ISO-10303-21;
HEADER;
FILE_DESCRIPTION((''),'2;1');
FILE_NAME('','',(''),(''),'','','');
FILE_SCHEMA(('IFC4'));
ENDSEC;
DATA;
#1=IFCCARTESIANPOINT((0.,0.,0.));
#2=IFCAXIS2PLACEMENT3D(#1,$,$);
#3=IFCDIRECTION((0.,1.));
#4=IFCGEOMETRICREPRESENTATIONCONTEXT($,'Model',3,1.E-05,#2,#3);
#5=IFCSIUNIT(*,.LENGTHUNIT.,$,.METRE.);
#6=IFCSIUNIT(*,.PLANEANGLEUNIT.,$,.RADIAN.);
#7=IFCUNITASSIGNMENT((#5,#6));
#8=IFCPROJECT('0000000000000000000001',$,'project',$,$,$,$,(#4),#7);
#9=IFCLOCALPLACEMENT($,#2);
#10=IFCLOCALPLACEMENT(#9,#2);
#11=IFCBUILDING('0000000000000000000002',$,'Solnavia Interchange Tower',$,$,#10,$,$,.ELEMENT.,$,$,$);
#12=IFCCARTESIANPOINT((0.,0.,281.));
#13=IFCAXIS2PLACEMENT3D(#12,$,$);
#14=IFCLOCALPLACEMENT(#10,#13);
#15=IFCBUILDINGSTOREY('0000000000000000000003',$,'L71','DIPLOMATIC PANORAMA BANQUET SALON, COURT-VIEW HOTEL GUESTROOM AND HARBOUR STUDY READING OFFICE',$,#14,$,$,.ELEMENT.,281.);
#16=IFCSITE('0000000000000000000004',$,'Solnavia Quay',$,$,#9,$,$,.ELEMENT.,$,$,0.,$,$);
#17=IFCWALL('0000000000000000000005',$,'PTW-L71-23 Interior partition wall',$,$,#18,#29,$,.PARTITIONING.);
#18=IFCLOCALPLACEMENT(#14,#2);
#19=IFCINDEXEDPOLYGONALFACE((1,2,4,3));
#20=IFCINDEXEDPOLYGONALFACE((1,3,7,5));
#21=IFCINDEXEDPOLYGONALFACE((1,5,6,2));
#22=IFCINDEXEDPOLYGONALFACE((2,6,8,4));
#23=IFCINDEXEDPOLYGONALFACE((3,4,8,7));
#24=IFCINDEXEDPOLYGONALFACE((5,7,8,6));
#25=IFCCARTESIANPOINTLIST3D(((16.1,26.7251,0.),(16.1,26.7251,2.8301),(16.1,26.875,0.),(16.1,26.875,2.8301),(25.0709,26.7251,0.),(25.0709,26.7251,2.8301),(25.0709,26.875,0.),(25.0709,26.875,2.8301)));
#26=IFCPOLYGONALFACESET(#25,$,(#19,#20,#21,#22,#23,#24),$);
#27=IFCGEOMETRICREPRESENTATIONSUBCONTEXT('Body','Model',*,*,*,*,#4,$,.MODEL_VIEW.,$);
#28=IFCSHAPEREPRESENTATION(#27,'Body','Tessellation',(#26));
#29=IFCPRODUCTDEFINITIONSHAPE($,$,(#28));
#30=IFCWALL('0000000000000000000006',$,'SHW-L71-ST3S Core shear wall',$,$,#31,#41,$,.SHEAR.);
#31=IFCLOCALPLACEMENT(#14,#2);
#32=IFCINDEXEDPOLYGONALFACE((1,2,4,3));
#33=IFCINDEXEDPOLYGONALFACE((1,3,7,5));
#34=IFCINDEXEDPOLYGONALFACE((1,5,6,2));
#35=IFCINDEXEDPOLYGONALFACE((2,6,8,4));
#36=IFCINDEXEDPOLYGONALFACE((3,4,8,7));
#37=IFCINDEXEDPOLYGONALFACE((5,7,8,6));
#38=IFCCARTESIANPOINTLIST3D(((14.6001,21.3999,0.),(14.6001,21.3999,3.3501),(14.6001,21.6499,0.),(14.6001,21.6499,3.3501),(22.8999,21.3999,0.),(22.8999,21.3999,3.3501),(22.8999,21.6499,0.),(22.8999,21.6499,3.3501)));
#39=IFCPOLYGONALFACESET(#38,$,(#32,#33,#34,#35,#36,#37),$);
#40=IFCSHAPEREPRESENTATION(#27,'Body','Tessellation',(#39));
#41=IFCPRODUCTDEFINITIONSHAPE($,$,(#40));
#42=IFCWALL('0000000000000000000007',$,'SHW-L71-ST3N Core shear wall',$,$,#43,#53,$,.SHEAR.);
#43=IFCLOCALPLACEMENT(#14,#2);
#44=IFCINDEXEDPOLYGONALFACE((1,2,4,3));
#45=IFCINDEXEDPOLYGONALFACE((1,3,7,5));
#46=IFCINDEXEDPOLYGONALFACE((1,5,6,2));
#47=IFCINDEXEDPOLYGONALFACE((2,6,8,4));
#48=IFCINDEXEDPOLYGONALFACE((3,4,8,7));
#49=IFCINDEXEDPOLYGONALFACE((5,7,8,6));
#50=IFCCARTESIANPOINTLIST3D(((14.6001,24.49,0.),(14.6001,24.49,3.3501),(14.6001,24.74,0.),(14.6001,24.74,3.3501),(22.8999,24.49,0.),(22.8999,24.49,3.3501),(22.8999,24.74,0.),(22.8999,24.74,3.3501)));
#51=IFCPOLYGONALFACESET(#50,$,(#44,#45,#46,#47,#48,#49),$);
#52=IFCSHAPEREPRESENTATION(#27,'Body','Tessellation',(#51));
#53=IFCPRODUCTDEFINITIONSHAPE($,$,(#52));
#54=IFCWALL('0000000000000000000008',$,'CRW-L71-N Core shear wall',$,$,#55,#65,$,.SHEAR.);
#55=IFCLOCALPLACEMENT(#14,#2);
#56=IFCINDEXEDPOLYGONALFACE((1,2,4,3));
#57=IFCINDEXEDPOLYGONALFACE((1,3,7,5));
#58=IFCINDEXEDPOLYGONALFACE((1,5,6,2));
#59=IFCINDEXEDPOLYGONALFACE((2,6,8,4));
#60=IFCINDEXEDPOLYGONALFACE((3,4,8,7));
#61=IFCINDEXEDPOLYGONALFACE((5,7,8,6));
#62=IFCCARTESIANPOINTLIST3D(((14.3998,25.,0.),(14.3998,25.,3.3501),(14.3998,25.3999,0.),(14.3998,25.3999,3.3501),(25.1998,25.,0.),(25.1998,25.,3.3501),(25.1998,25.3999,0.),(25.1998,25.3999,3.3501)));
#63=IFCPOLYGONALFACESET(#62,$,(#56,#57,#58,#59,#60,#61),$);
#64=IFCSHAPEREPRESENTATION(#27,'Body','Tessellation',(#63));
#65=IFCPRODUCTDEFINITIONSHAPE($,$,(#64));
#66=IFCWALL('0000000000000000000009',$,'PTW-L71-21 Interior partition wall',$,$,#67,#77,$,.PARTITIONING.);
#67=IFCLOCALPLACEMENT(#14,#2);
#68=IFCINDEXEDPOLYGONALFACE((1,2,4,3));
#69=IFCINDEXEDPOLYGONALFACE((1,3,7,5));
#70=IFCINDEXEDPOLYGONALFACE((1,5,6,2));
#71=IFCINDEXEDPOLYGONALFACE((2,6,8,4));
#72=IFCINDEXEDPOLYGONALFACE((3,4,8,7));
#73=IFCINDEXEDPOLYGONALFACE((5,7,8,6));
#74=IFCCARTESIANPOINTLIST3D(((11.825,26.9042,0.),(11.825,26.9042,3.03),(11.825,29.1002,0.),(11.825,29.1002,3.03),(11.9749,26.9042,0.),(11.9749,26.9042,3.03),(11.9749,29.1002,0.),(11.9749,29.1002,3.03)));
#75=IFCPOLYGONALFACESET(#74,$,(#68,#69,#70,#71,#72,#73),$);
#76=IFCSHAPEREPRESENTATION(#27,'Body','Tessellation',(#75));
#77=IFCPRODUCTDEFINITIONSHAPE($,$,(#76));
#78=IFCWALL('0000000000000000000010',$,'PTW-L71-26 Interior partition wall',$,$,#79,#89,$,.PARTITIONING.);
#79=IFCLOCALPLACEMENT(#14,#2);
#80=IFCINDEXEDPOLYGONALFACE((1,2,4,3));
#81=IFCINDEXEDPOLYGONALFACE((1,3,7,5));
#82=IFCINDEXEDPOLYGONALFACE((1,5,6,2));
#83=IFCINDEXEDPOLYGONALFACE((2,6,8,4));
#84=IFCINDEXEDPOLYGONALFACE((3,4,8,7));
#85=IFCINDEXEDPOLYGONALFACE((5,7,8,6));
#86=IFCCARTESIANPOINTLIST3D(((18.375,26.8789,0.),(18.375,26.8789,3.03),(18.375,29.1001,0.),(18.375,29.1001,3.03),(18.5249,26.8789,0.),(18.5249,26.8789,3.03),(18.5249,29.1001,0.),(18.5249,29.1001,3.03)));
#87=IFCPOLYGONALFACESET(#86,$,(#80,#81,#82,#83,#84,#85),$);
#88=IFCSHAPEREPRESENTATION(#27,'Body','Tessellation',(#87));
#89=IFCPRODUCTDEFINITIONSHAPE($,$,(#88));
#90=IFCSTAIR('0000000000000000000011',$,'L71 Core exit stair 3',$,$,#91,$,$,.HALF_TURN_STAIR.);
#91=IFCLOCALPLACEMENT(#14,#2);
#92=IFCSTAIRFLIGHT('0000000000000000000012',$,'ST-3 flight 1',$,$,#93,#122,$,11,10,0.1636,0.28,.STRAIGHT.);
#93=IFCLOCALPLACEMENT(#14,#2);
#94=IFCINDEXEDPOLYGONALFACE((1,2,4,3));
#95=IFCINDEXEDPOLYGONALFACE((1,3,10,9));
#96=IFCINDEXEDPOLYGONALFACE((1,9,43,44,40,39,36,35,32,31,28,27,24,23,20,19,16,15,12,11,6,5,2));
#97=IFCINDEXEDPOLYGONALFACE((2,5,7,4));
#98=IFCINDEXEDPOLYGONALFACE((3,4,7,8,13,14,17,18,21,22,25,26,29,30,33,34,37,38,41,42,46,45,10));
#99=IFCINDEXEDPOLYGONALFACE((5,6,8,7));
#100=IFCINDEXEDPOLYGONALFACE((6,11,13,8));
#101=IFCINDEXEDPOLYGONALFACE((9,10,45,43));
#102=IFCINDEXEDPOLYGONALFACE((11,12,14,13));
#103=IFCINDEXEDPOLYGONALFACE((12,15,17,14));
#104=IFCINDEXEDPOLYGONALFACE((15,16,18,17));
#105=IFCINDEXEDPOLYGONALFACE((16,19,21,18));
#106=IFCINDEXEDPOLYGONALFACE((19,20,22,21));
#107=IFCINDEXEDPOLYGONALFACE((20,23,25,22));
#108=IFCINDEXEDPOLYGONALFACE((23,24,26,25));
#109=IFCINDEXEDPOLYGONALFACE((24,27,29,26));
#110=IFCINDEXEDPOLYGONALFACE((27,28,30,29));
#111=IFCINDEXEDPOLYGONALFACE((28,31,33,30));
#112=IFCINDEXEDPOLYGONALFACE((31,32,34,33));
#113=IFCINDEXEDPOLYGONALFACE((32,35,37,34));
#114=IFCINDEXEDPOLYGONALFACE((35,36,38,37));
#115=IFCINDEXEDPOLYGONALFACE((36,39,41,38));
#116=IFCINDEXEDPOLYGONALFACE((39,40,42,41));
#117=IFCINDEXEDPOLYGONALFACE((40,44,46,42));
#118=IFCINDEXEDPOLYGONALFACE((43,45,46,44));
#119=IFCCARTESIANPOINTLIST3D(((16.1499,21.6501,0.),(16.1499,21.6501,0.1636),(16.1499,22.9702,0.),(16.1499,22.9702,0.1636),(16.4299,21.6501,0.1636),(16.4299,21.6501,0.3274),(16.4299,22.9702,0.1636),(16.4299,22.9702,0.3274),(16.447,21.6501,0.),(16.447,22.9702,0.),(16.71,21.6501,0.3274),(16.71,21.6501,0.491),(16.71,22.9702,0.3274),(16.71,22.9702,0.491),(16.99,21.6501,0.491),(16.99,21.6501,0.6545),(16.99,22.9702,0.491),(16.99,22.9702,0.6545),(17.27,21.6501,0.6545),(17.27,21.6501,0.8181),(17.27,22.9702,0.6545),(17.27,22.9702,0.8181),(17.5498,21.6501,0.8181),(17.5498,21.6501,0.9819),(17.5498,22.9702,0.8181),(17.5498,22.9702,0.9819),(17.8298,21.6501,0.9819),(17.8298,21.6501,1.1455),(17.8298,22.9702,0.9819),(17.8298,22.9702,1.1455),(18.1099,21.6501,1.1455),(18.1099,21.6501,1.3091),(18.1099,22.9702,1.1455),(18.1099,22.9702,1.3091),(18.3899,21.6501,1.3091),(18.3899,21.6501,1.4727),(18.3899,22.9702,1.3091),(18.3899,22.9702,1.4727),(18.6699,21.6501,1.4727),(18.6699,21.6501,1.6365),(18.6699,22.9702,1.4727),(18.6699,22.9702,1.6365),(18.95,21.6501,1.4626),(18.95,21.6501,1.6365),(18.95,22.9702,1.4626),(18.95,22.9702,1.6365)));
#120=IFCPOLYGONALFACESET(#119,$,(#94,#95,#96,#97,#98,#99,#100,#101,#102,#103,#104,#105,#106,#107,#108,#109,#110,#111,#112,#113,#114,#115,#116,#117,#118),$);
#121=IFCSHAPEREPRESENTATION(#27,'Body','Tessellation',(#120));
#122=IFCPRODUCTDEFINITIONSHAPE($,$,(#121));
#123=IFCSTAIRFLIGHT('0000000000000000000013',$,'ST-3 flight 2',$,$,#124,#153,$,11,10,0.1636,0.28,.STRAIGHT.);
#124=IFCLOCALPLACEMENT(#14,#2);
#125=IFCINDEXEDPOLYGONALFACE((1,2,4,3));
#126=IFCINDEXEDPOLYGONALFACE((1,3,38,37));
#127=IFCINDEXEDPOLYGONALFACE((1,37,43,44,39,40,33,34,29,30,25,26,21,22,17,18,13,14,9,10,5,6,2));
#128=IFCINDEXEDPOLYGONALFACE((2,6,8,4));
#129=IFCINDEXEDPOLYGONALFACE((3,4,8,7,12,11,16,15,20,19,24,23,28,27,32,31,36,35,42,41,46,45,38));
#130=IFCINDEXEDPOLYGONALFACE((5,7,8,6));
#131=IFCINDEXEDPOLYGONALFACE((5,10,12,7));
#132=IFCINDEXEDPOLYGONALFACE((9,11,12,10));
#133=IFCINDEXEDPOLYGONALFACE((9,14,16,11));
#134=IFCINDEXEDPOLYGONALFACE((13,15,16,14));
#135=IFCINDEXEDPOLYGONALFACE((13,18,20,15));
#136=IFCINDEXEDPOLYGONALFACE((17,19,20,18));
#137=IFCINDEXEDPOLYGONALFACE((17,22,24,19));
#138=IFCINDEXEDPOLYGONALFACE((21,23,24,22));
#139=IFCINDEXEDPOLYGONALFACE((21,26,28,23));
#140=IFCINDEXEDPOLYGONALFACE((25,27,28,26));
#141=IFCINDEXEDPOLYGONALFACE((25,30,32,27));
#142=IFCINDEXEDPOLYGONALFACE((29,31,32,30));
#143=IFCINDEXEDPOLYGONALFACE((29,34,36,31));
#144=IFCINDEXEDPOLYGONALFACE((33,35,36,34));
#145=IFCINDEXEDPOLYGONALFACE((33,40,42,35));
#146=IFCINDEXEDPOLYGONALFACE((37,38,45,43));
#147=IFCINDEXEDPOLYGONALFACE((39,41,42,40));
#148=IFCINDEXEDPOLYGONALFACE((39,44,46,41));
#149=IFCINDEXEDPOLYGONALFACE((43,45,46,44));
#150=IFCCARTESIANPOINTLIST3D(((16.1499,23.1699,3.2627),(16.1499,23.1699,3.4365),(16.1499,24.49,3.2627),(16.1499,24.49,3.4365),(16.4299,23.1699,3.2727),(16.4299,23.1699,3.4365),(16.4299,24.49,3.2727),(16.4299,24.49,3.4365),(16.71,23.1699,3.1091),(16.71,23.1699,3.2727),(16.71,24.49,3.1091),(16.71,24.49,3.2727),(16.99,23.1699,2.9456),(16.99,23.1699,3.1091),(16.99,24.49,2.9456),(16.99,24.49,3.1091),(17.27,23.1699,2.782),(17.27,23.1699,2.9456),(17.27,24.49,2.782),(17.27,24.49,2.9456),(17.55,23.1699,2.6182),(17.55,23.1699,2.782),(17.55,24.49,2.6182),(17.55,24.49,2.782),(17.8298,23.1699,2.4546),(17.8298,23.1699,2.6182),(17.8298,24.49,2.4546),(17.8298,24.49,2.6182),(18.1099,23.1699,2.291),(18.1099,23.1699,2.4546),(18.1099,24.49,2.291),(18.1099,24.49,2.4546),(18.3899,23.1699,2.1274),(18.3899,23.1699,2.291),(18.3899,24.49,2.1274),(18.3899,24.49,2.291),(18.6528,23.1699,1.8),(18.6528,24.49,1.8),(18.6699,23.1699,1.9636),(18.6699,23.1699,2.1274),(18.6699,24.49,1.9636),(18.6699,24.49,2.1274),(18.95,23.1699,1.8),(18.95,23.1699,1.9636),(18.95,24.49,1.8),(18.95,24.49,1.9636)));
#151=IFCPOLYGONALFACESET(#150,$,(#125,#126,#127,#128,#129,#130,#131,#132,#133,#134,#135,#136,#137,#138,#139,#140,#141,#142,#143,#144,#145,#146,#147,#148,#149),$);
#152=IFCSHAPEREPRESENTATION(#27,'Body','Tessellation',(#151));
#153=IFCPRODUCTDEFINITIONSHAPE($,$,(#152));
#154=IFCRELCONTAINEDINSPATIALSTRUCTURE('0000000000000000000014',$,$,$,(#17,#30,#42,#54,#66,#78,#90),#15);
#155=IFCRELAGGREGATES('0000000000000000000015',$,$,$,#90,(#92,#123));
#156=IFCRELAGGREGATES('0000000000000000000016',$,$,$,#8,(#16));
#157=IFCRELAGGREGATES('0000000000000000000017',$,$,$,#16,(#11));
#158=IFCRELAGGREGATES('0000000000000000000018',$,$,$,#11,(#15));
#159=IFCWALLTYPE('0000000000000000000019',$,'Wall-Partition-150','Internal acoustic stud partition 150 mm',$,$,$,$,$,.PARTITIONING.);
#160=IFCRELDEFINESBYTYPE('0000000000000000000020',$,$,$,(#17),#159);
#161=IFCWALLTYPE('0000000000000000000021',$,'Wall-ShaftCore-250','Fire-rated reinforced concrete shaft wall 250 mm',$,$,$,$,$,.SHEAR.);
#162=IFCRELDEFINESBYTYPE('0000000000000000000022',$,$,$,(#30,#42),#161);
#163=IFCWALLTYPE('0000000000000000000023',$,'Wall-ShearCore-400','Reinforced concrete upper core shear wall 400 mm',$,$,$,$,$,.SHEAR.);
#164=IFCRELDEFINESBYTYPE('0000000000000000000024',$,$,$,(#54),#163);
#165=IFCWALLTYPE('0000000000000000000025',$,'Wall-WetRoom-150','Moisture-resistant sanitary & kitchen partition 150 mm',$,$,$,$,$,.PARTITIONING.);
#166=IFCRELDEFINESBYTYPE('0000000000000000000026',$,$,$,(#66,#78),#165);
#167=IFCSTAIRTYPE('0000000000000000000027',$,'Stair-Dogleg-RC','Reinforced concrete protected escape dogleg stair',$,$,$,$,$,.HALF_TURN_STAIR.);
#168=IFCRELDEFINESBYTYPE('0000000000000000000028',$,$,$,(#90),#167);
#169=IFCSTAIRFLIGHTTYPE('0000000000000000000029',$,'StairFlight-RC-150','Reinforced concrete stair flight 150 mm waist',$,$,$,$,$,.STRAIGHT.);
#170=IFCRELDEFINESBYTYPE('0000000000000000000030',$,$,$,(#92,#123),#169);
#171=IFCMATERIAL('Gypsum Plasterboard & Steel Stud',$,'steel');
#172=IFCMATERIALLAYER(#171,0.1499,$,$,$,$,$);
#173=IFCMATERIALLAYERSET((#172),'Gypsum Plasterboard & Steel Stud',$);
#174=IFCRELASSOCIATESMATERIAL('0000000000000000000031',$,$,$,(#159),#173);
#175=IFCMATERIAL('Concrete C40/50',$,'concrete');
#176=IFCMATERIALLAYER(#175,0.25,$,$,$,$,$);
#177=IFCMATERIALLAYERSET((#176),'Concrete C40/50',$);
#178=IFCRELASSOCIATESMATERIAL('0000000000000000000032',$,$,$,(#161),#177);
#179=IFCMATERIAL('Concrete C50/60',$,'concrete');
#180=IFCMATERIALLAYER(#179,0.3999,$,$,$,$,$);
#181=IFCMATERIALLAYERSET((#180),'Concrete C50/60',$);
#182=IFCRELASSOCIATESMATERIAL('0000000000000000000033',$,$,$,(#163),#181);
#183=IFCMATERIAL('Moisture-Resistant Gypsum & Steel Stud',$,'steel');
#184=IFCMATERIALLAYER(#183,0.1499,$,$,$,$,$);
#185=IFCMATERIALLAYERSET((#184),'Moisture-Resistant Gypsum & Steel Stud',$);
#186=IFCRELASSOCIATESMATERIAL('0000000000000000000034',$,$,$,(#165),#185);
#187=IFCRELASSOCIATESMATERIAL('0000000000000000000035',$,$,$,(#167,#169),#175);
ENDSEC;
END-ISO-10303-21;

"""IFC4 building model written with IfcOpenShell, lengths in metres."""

from ifc_helpers import new_model, si_unit, direction, frame, frame_2d, origin, place, context, subcontext, project, spatial, polyline, rectangle, outline, extrude, material, layer, layer_set, type_object, element, aggregate, save


model = new_model("IFC4")

# Units and contexts
model_context = context("Model", 3, precision=1e-05, world=origin(), true_north=direction((0.0, 1.0)))
body_context = subcontext(model_context, "Body", "Model", "MODEL_VIEW")
ifc_project = project(units=[si_unit("LENGTHUNIT", "METRE"), si_unit("PLANEANGLEUNIT", "RADIAN")], contexts=[model_context])

# Site, building, storey
site_placement = place(None, origin())
site = spatial("IfcSite", under=ifc_project, at=site_placement, Name="Solnavia Quay", CompositionType="ELEMENT", RefElevation=0.0)
building_placement = place(site_placement, origin())
building = spatial("IfcBuilding", under=site, at=building_placement, Name="Solnavia Interchange Tower", CompositionType="ELEMENT")
storey_placement = place(building_placement, frame((0.0, 0.0, 281.0)))
storey = spatial("IfcBuildingStorey", under=building, at=storey_placement, Name="L71", Description="DIPLOMATIC PANORAMA BANQUET SALON, COURT-VIEW HOTEL GUESTROOM AND HARBOUR STUDY READING OFFICE", CompositionType="ELEMENT", Elevation=281.0)

# Shared definitions
ifc_material_1 = material(Name="Concrete C50/60", Category="concrete")

# Shared definitions
ifc_material_2 = material(Name="Concrete C40/50", Category="concrete")

# Walls
ifc_material_3 = material(Name="Gypsum Plasterboard & Steel Stud", Category="steel")
ifc_layer_1 = layer(ifc_material_3, 0.1499)
ifc_layer_set_1 = layer_set([ifc_layer_1], Name="Gypsum Plasterboard & Steel Stud")
wall_type_1 = type_object("IfcWallType", Name="Wall-Partition-150", Description="Internal acoustic stud partition 150 mm", PredefinedType="PARTITIONING", material=ifc_layer_set_1)
wall_1_placement = place(storey_placement, frame((16.1001, 26.8, 0.0), z_axis=(0.0, 0.0, 1.0), x_axis=(1.0, 0.0, 0.0)))
element("IfcWall", 1, at=wall_1_placement, inside=storey, type_object=wall_type_1, Name="PTW-L71-23 Interior partition wall", PredefinedType="PARTITIONING", context=body_context, shape_type="SweptSolid", body=[
    extrude(rectangle(XDim=8.9709, YDim=0.1499, at=frame_2d((4.4854, 0.0))), origin(), (0.0, 0.0, 1.0), 2.8301),
])
ifc_layer_2 = layer(ifc_material_2, 0.25)
ifc_layer_set_2 = layer_set([ifc_layer_2], Name="Concrete C40/50")
wall_type_2 = type_object("IfcWallType", Name="Wall-ShaftCore-250", Description="Fire-rated reinforced concrete shaft wall 250 mm", PredefinedType="SHEAR", material=ifc_layer_set_2)
for number, where, z_axis, x_axis, name in (
    (2, (14.6001, 21.5249, 0.0), (0.0, 0.0, 1.0), (1.0, 0.0, 0.0), "SHW-L71-ST3S Core shear wall"),
    (3, (14.6001, 24.615, 0.0), (0.0, 0.0, 1.0), (1.0, 0.0, 0.0), "SHW-L71-ST3N Core shear wall"),
):
    element("IfcWall", number, at=place(storey_placement, frame(where, z_axis=z_axis, x_axis=x_axis)), inside=storey, type_object=wall_type_2, Name=name, PredefinedType="SHEAR", context=body_context, shape_type="SweptSolid", body=[
        extrude(rectangle(XDim=8.2998, YDim=0.25, at=frame_2d((4.1499, 0.0))), origin(), (0.0, 0.0, 1.0), 3.3501),
    ])
ifc_layer_3 = layer(ifc_material_1, 0.3999)
ifc_layer_set_3 = layer_set([ifc_layer_3], Name="Concrete C50/60")
wall_type_3 = type_object("IfcWallType", Name="Wall-ShearCore-400", Description="Reinforced concrete upper core shear wall 400 mm", PredefinedType="SHEAR", material=ifc_layer_set_3)
wall_2_placement = place(storey_placement, frame((14.3999, 25.2, 0.0), z_axis=(0.0, 0.0, 1.0), x_axis=(1.0, 0.0, 0.0)))
element("IfcWall", 4, at=wall_2_placement, inside=storey, type_object=wall_type_3, Name="CRW-L71-N Core shear wall", PredefinedType="SHEAR", context=body_context, shape_type="SweptSolid", body=[
    extrude(rectangle(XDim=10.8, YDim=0.3999, at=frame_2d((5.3999, 0.0))), origin(), (0.0, 0.0, 1.0), 3.3501),
])
ifc_material_4 = material(Name="Moisture-Resistant Gypsum & Steel Stud", Category="steel")
ifc_layer_4 = layer(ifc_material_4, 0.1499)
ifc_layer_set_4 = layer_set([ifc_layer_4], Name="Moisture-Resistant Gypsum & Steel Stud")
wall_type_4 = type_object("IfcWallType", Name="Wall-WetRoom-150", Description="Moisture-resistant sanitary & kitchen partition 150 mm", PredefinedType="PARTITIONING", material=ifc_layer_set_4)
wall_3_placement = place(storey_placement, frame((11.8999, 26.9041, 0.0), z_axis=(0.0, 0.0, 1.0), x_axis=(0.0, 1.0, 0.0)))
element("IfcWall", 5, at=wall_3_placement, inside=storey, type_object=wall_type_4, Name="PTW-L71-21 Interior partition wall", PredefinedType="PARTITIONING", context=body_context, shape_type="SweptSolid", body=[
    extrude(rectangle(XDim=2.196, YDim=0.1499, at=frame_2d((1.0981, 0.0))), origin(), (0.0, 0.0, 1.0), 3.03),
])
wall_4_placement = place(storey_placement, frame((18.45, 26.8789, 0.0), z_axis=(0.0, 0.0, 1.0), x_axis=(0.0, 1.0, 0.0)))
element("IfcWall", 6, at=wall_4_placement, inside=storey, type_object=wall_type_4, Name="PTW-L71-26 Interior partition wall", PredefinedType="PARTITIONING", context=body_context, shape_type="SweptSolid", body=[
    extrude(rectangle(XDim=2.2212, YDim=0.1499, at=frame_2d((1.1106, 0.0))), origin(), (0.0, 0.0, 1.0), 3.03),
])

# Stair, stair flights
stair_type = type_object("IfcStairType", Name="Stair-Dogleg-RC", Description="Reinforced concrete protected escape dogleg stair", PredefinedType="HALF_TURN_STAIR", material=ifc_material_2)
stair_placement = place(storey_placement, origin())
stair = element("IfcStair", 7, at=stair_placement, inside=storey, type_object=stair_type, Name="L71 Core exit stair 3", PredefinedType="HALF_TURN_STAIR")
stair_flight_type = type_object("IfcStairFlightType", Name="StairFlight-RC-150", Description="Reinforced concrete stair flight 150 mm waist", PredefinedType="STRAIGHT", material=ifc_material_2)
stair_flight_1_placement = place(storey_placement, frame((16.1499, 22.3101, 0.0), z_axis=(0.0, 0.0, 1.0), x_axis=(1.0, 0.0, 0.0)))
stair_flight_1 = element("IfcStairFlight", 8, at=stair_flight_1_placement, type_object=stair_flight_type, Name="ST-3 flight 1", NumberOfRisers=11, NumberOfTreads=10, PredefinedType="STRAIGHT", RiserHeight=0.1636, TreadLength=0.28, context=body_context, shape_type="SweptSolid", body=[
    extrude(outline(polyline([(0.0, 0.0), (0.0, 0.1636), (0.28, 0.1636), (0.28, 0.3274), (0.5601, 0.3274), (0.5601, 0.491), (0.8401, 0.491), (0.8401, 0.6545), (1.1201, 0.6545), (1.1201, 0.8181), (1.3999, 0.8181), (1.3999, 0.9819), (1.6799, 0.9819), (1.6799, 1.1455), (1.96, 1.1455), (1.96, 1.3091), (2.24, 1.3091), (2.24, 1.4727), (2.52, 1.4727), (2.52, 1.6365), (2.8, 1.6365), (2.8, 1.8), (2.8, 1.4626), (0.2971, 0.0), (0.0, 0.0)])), frame((0.0, 0.6602, 0.0), z_axis=(0.0, -1.0, 0.0), x_axis=(1.0, 0.0, 0.0)), (0.0, 0.0, 1.0), 1.3201),
])
stair_flight_2_placement = place(storey_placement, frame((18.95, 23.8301, 1.8), z_axis=(0.0, 0.0, 1.0), x_axis=(-1.0, 0.0, 0.0)))
stair_flight_2 = element("IfcStairFlight", 9, at=stair_flight_2_placement, type_object=stair_flight_type, Name="ST-3 flight 2", NumberOfRisers=11, NumberOfTreads=10, PredefinedType="STRAIGHT", RiserHeight=0.1636, TreadLength=0.28, context=body_context, shape_type="SweptSolid", body=[
    extrude(outline(polyline([(0.0, 0.0), (0.0, 0.1636), (0.28, 0.1636), (0.28, 0.3274), (0.5601, 0.3274), (0.5601, 0.491), (0.8401, 0.491), (0.8401, 0.6545), (1.1201, 0.6545), (1.1201, 0.8181), (1.3999, 0.8181), (1.3999, 0.9819), (1.6799, 0.9819), (1.6799, 1.1455), (1.96, 1.1455), (1.96, 1.3091), (2.24, 1.3091), (2.24, 1.4727), (2.52, 1.4727), (2.52, 1.6365), (2.8, 1.6365), (2.8, 1.8), (2.8, 1.4626), (0.2971, 0.0), (0.0, 0.0)])), frame((0.0, 0.6602, 0.0), z_axis=(0.0, -1.0, 0.0), x_axis=(1.0, 0.0, 0.0)), (0.0, 0.0, 1.0), 1.3201),
])
aggregate(stair, [stair_flight_1, stair_flight_2])

save(model, "model.ifc")
